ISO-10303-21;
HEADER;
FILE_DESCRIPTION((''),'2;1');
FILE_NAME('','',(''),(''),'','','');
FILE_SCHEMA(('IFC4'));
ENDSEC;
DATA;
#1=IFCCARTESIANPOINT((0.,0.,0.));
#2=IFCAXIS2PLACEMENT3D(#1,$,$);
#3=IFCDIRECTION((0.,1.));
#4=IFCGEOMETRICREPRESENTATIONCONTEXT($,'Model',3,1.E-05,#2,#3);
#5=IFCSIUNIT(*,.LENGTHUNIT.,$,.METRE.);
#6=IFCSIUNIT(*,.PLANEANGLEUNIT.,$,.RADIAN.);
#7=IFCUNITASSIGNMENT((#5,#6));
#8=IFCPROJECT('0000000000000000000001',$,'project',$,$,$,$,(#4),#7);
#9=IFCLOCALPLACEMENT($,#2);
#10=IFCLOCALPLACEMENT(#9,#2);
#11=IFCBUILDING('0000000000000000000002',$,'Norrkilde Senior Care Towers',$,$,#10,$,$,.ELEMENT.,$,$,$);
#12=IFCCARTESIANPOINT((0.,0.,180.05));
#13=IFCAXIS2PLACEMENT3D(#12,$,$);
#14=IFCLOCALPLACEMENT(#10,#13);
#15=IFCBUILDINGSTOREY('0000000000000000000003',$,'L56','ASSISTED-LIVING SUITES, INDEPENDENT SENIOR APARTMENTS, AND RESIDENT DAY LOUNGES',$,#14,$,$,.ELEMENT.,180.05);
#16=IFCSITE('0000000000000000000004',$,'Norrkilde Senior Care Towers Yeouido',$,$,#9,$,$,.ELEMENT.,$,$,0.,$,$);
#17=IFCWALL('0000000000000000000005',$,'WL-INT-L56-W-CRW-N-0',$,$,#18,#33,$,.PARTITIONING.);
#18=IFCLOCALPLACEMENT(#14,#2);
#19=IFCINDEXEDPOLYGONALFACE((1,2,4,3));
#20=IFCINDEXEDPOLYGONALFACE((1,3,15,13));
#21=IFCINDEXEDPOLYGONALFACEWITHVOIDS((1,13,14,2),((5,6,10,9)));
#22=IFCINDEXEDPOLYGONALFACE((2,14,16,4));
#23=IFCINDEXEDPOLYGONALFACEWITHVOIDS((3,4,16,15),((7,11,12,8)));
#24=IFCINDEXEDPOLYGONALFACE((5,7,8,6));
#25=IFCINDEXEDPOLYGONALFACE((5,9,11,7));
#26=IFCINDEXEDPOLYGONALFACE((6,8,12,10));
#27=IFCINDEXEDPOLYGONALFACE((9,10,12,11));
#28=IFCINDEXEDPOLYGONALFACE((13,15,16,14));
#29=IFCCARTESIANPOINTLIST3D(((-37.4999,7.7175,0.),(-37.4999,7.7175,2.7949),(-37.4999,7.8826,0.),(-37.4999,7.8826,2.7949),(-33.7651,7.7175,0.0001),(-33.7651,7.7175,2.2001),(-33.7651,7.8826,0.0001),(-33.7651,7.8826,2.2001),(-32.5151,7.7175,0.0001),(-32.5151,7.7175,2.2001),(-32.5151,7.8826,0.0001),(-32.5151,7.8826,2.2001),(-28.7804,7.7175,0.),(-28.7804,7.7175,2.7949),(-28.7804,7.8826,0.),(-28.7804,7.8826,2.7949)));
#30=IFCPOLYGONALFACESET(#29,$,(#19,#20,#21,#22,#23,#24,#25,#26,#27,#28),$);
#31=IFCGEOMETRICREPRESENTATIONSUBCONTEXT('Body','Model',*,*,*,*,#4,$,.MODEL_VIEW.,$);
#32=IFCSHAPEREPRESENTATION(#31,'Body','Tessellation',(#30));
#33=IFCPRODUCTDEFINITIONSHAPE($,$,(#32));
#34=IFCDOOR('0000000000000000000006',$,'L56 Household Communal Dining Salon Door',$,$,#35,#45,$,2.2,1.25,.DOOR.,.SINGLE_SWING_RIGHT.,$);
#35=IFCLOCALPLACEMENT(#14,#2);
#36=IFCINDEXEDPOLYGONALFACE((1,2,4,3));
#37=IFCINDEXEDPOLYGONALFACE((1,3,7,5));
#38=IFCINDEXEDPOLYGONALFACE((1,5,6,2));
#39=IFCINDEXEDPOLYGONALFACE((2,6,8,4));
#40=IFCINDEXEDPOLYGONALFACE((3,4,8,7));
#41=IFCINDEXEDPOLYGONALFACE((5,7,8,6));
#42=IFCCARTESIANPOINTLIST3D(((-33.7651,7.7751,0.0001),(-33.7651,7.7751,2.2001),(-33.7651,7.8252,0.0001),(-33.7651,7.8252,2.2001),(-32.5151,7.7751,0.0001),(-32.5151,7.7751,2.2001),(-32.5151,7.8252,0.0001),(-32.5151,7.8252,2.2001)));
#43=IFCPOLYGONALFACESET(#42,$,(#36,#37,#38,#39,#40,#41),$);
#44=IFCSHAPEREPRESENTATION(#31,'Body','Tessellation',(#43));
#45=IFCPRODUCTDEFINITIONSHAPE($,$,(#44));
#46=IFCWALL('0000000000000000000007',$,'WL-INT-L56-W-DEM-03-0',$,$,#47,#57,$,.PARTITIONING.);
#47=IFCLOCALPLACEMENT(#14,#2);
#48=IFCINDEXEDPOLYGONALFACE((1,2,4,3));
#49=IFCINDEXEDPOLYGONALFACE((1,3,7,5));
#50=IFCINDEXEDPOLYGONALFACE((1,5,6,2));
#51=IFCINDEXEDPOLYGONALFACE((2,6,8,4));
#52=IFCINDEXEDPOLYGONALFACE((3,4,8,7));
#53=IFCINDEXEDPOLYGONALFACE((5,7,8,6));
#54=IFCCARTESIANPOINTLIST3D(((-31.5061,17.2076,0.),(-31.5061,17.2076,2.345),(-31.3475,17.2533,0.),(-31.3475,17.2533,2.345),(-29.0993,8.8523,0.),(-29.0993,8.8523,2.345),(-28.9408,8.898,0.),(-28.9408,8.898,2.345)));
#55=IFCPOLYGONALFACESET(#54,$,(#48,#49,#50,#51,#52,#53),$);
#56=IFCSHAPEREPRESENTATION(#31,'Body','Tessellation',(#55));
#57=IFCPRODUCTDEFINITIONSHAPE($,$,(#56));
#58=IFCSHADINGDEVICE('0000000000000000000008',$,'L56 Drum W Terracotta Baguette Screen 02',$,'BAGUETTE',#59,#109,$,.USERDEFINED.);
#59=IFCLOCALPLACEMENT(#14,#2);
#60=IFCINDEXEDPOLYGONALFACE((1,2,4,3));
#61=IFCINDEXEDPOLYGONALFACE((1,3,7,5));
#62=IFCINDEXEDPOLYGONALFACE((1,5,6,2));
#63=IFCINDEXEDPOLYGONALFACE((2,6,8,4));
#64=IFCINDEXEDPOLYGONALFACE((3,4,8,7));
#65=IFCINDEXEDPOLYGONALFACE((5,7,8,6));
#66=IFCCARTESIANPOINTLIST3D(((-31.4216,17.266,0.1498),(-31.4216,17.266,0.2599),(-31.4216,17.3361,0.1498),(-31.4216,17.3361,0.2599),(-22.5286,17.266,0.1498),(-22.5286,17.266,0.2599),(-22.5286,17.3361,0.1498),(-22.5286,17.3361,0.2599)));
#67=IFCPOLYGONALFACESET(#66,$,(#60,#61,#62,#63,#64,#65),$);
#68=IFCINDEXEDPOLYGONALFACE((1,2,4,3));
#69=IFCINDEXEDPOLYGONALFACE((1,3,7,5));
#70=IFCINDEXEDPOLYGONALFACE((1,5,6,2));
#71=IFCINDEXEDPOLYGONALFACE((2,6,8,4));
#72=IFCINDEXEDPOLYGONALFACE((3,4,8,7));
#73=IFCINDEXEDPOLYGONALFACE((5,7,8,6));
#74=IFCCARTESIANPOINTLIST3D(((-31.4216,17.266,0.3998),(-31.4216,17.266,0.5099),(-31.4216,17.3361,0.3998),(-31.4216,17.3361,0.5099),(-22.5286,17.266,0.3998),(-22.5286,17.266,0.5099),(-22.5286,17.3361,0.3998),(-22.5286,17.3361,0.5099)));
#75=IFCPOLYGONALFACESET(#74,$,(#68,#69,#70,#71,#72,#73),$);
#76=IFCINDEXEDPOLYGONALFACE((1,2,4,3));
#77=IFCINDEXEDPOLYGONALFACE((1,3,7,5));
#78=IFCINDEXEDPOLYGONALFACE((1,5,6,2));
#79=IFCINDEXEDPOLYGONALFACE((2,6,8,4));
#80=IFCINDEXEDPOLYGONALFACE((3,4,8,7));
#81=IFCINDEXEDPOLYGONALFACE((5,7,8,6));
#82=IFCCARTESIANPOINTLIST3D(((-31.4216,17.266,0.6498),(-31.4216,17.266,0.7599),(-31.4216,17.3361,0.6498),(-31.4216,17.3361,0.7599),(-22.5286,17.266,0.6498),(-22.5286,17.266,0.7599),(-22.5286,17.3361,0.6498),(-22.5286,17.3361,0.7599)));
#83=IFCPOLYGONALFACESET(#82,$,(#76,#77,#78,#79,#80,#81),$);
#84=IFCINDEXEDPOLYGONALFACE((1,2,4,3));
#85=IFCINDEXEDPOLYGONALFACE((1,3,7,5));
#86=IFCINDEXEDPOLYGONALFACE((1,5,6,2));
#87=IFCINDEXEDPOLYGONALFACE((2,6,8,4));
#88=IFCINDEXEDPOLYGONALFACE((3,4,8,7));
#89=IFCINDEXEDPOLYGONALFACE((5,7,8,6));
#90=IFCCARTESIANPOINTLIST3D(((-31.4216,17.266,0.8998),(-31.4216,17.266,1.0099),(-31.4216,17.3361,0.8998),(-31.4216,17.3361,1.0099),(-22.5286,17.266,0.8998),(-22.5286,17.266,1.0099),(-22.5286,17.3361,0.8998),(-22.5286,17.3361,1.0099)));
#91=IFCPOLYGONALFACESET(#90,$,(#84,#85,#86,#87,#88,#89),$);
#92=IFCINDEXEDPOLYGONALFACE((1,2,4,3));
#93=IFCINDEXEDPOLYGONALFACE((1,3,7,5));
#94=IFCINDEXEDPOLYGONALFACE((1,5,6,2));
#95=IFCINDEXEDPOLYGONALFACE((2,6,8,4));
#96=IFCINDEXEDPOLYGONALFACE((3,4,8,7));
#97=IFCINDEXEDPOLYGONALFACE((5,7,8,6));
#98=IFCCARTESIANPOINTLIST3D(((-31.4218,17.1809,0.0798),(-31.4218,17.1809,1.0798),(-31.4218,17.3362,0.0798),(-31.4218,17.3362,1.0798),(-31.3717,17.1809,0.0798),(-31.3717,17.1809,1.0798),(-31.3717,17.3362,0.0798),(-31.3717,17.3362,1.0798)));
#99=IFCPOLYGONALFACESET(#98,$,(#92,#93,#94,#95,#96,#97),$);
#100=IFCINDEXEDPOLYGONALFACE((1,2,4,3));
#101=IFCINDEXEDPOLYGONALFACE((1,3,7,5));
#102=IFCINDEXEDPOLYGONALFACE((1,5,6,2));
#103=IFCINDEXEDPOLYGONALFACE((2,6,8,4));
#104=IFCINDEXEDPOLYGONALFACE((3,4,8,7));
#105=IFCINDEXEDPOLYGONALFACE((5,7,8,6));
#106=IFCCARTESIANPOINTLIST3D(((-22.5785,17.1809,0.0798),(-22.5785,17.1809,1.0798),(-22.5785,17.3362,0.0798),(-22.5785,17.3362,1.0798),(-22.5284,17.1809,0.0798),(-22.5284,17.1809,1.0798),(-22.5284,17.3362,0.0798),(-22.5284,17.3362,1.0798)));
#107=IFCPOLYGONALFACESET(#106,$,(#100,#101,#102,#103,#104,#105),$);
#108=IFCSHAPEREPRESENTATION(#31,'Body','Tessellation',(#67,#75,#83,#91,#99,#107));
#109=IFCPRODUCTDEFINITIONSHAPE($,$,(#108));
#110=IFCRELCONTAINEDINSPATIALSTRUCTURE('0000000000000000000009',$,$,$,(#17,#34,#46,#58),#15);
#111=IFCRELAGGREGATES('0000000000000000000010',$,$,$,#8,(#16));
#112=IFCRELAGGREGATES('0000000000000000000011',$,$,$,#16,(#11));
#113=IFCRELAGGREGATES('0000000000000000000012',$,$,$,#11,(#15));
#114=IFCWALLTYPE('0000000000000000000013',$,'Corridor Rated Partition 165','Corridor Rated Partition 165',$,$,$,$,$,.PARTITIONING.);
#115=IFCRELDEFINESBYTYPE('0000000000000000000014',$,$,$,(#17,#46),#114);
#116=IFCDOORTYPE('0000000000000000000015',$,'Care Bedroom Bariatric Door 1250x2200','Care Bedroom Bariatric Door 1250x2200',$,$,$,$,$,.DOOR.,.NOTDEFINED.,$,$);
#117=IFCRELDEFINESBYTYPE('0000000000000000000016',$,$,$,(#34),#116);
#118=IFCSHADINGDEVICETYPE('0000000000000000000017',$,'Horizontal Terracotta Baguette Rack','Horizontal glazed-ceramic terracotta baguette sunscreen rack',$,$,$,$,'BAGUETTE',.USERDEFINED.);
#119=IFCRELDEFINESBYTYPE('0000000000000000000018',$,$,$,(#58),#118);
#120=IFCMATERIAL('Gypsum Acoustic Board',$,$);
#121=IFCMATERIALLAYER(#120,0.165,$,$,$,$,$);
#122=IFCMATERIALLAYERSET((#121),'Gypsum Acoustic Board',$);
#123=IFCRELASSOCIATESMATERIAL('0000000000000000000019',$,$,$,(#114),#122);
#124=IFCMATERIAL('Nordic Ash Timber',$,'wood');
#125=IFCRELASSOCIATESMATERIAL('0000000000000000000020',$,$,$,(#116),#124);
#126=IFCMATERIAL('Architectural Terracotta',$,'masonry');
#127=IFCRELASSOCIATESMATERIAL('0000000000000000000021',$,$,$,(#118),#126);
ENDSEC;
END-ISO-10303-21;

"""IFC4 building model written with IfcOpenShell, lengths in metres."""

from ifc_helpers import new_model, si_unit, direction, frame, frame_2d, origin, origin_2d, place, context, subcontext, project, spatial, rectangle, extrude, source, transform, mapped, material, layer, layer_set, type_object, type_shapes, element, fill, save


model = new_model("IFC4")

# Units and contexts
model_context = context("Model", 3, precision=1e-05, world=origin(), true_north=direction((0.0, 1.0)))
body_context = subcontext(model_context, "Body", "Model", "MODEL_VIEW")
ifc_project = project(units=[si_unit("LENGTHUNIT", "METRE"), si_unit("PLANEANGLEUNIT", "RADIAN")], contexts=[model_context])

# Site, building, storey
site_placement = place(None, origin())
site = spatial("IfcSite", under=ifc_project, at=site_placement, Name="Norrkilde Senior Care Towers Yeouido", CompositionType="ELEMENT", RefElevation=0.0)
building_placement = place(site_placement, origin())
building = spatial("IfcBuilding", under=site, at=building_placement, Name="Norrkilde Senior Care Towers", CompositionType="ELEMENT")
storey_placement = place(building_placement, frame((0.0, 0.0, 180.05)))
storey = spatial("IfcBuildingStorey", under=building, at=storey_placement, Name="L56", Description="ASSISTED-LIVING SUITES, INDEPENDENT SENIOR APARTMENTS, AND RESIDENT DAY LOUNGES", CompositionType="ELEMENT", Elevation=180.05)

# Wall, opening, door
ifc_material_1 = material(Name="Gypsum Acoustic Board")
ifc_layer_1 = layer(ifc_material_1, 0.165)
ifc_layer_set_1 = layer_set([ifc_layer_1], Name="Gypsum Acoustic Board")
wall_type_1 = type_object("IfcWallType", Name="Corridor Rated Partition 165", Description="Corridor Rated Partition 165", PredefinedType="PARTITIONING", material=ifc_layer_set_1)
shared_shape_1 = source(origin(), body_context, "Body", "SweptSolid", [
    extrude(rectangle(XDim=8.7195, YDim=0.165, at=frame_2d((4.3599, 0.0))), origin(), (0.0, 0.0, 1.0), 2.7949),
])
wall_1_placement = place(storey_placement, frame((-37.5, 7.8, 0.0), z_axis=(0.0, 0.0, 1.0), x_axis=(1.0, 0.0, 0.0)))
wall_1 = element("IfcWall", 1, at=wall_1_placement, inside=storey, type_object=wall_type_1, Name="WL-INT-L56-W-CRW-N-0", PredefinedType="PARTITIONING", context=body_context, shape_type="MappedRepresentation", body=[
    mapped(shared_shape_1, transform((0.0, 0.0, 0.0), x_axis=(1.0, 0.0, 0.0), y_axis=(0.0, 1.0, 0.0), z_axis=(0.0, 0.0, 1.0), scale=1.0)),
])
opening_placement = place(wall_1_placement, frame((3.7349, 0.0, 0.0)))
opening = element("IfcOpeningElement", 2, at=opening_placement, cuts=wall_1, PredefinedType="OPENING", context=body_context, shape_type="SweptSolid", body=[
    extrude(rectangle(XDim=1.25, YDim=2.2, at=frame_2d((0.625, 1.1001))), frame((0.0, 0.0925, 0.0), z_axis=(0.0, -1.0, 0.0), x_axis=(1.0, 0.0, 0.0)), (0.0, 0.0, 1.0), 0.1851),
])
ifc_material_2 = material(Name="Nordic Ash Timber", Category="wood")
door_type = type_object("IfcDoorType", Name="Care Bedroom Bariatric Door 1250x2200", Description="Care Bedroom Bariatric Door 1250x2200", OperationType="NOTDEFINED", PredefinedType="DOOR", material=ifc_material_2)
shared_shape_2 = source(origin(), body_context, "Body", "SweptSolid", [
    extrude(rectangle(XDim=1.25, YDim=2.2, at=frame_2d((0.625, 1.1001))), frame((0.0, 0.0249, 0.0), z_axis=(0.0, -1.0, 0.0), x_axis=(1.0, 0.0, 0.0)), (0.0, 0.0, 1.0), 0.05),
])
type_shapes(door_type, [shared_shape_2])
door_placement = place(opening_placement, frame((1.25, 0.0, 0.0), z_axis=(0.0, 0.0, 1.0), x_axis=(-1.0, 0.0, 0.0)))
door = element("IfcDoor", 3, at=door_placement, inside=storey, type_object=door_type, Name="L56 Household Communal Dining Salon Door", OperationType="SINGLE_SWING_RIGHT", OverallHeight=2.2, OverallWidth=1.25, PredefinedType="DOOR", context=body_context, shape_type="MappedRepresentation", body=[
    mapped(shared_shape_2, transform((0.0, 0.0, 0.0), x_axis=(1.0, 0.0, 0.0), y_axis=(0.0, 1.0, 0.0), z_axis=(0.0, 0.0, 1.0), scale=1.0)),
])
fill(opening, door)

# Wall
shared_shape_3 = source(origin(), body_context, "Body", "SweptSolid", [
    extrude(rectangle(XDim=8.6951, YDim=0.165, at=frame_2d((4.3477, 0.0))), origin(), (0.0, 0.0, 1.0), 2.345),
])
type_shapes(wall_type_1, [shared_shape_1, shared_shape_3])
wall_2_placement = place(storey_placement, frame((-29.02, 8.875, 0.0), z_axis=(0.0, 0.0, 1.0), x_axis=(-0.276797, 0.960928, 0.0)))
element("IfcWall", 4, at=wall_2_placement, inside=storey, type_object=wall_type_1, Name="WL-INT-L56-W-DEM-03-0", PredefinedType="PARTITIONING", context=body_context, shape_type="MappedRepresentation", body=[
    mapped(shared_shape_3, transform((0.0, 0.0, 0.0), x_axis=(1.0, 0.0, 0.0), y_axis=(0.0, 1.0, 0.0), z_axis=(0.0, 0.0, 1.0), scale=1.0)),
])

# Shading device
ifc_material_3 = material(Name="Architectural Terracotta", Category="masonry")
shading_device_type = type_object("IfcShadingDeviceType", Name="Horizontal Terracotta Baguette Rack", Description="Horizontal glazed-ceramic terracotta baguette sunscreen rack", ElementType="BAGUETTE", PredefinedType="USERDEFINED", material=ifc_material_3)
shared_shape_4 = source(origin(), body_context, "Body", "SweptSolid", [
    extrude(rectangle(XDim=0.0701, YDim=0.1101, at=origin_2d()), frame((0.0, 0.0901, 0.125), z_axis=(1.0, 0.0, 0.0), x_axis=(0.0, 1.0, 0.0)), (0.0, 0.0, 1.0), 8.8931),
    extrude(rectangle(XDim=0.0701, YDim=0.1101, at=origin_2d()), frame((0.0, 0.0901, 0.375), z_axis=(1.0, 0.0, 0.0), x_axis=(0.0, 1.0, 0.0)), (0.0, 0.0, 1.0), 8.8931),
    extrude(rectangle(XDim=0.0701, YDim=0.1101, at=origin_2d()), frame((0.0, 0.0901, 0.625), z_axis=(1.0, 0.0, 0.0), x_axis=(0.0, 1.0, 0.0)), (0.0, 0.0, 1.0), 8.8931),
    extrude(rectangle(XDim=0.0701, YDim=0.1101, at=origin_2d()), frame((0.0, 0.0901, 0.875), z_axis=(1.0, 0.0, 0.0), x_axis=(0.0, 1.0, 0.0)), (0.0, 0.0, 1.0), 8.8931),
    extrude(rectangle(XDim=0.05, YDim=0.1553, at=origin_2d()), frame((0.0249, 0.0476, 0.0)), (0.0, 0.0, 1.0), 1.0),
    extrude(rectangle(XDim=0.05, YDim=0.1553, at=origin_2d()), frame((8.8682, 0.0476, 0.0)), (0.0, 0.0, 1.0), 1.0),
])
type_shapes(shading_device_type, [shared_shape_4])
shading_device_placement = place(storey_placement, frame((-31.4216, 17.2109, 0.0798), z_axis=(0.0, 0.0, 1.0), x_axis=(1.0, 0.0, 0.0)))
element("IfcShadingDevice", 5, at=shading_device_placement, inside=storey, type_object=shading_device_type, Name="L56 Drum W Terracotta Baguette Screen 02", ObjectType="BAGUETTE", PredefinedType="USERDEFINED", context=body_context, shape_type="MappedRepresentation", body=[
    mapped(shared_shape_4, transform((0.0, 0.0, 0.0), x_axis=(1.0, 0.0, 0.0), y_axis=(0.0, 1.0, 0.0), z_axis=(0.0, 0.0, 1.0), scale=1.0)),
])

save(model, "model.ifc")
